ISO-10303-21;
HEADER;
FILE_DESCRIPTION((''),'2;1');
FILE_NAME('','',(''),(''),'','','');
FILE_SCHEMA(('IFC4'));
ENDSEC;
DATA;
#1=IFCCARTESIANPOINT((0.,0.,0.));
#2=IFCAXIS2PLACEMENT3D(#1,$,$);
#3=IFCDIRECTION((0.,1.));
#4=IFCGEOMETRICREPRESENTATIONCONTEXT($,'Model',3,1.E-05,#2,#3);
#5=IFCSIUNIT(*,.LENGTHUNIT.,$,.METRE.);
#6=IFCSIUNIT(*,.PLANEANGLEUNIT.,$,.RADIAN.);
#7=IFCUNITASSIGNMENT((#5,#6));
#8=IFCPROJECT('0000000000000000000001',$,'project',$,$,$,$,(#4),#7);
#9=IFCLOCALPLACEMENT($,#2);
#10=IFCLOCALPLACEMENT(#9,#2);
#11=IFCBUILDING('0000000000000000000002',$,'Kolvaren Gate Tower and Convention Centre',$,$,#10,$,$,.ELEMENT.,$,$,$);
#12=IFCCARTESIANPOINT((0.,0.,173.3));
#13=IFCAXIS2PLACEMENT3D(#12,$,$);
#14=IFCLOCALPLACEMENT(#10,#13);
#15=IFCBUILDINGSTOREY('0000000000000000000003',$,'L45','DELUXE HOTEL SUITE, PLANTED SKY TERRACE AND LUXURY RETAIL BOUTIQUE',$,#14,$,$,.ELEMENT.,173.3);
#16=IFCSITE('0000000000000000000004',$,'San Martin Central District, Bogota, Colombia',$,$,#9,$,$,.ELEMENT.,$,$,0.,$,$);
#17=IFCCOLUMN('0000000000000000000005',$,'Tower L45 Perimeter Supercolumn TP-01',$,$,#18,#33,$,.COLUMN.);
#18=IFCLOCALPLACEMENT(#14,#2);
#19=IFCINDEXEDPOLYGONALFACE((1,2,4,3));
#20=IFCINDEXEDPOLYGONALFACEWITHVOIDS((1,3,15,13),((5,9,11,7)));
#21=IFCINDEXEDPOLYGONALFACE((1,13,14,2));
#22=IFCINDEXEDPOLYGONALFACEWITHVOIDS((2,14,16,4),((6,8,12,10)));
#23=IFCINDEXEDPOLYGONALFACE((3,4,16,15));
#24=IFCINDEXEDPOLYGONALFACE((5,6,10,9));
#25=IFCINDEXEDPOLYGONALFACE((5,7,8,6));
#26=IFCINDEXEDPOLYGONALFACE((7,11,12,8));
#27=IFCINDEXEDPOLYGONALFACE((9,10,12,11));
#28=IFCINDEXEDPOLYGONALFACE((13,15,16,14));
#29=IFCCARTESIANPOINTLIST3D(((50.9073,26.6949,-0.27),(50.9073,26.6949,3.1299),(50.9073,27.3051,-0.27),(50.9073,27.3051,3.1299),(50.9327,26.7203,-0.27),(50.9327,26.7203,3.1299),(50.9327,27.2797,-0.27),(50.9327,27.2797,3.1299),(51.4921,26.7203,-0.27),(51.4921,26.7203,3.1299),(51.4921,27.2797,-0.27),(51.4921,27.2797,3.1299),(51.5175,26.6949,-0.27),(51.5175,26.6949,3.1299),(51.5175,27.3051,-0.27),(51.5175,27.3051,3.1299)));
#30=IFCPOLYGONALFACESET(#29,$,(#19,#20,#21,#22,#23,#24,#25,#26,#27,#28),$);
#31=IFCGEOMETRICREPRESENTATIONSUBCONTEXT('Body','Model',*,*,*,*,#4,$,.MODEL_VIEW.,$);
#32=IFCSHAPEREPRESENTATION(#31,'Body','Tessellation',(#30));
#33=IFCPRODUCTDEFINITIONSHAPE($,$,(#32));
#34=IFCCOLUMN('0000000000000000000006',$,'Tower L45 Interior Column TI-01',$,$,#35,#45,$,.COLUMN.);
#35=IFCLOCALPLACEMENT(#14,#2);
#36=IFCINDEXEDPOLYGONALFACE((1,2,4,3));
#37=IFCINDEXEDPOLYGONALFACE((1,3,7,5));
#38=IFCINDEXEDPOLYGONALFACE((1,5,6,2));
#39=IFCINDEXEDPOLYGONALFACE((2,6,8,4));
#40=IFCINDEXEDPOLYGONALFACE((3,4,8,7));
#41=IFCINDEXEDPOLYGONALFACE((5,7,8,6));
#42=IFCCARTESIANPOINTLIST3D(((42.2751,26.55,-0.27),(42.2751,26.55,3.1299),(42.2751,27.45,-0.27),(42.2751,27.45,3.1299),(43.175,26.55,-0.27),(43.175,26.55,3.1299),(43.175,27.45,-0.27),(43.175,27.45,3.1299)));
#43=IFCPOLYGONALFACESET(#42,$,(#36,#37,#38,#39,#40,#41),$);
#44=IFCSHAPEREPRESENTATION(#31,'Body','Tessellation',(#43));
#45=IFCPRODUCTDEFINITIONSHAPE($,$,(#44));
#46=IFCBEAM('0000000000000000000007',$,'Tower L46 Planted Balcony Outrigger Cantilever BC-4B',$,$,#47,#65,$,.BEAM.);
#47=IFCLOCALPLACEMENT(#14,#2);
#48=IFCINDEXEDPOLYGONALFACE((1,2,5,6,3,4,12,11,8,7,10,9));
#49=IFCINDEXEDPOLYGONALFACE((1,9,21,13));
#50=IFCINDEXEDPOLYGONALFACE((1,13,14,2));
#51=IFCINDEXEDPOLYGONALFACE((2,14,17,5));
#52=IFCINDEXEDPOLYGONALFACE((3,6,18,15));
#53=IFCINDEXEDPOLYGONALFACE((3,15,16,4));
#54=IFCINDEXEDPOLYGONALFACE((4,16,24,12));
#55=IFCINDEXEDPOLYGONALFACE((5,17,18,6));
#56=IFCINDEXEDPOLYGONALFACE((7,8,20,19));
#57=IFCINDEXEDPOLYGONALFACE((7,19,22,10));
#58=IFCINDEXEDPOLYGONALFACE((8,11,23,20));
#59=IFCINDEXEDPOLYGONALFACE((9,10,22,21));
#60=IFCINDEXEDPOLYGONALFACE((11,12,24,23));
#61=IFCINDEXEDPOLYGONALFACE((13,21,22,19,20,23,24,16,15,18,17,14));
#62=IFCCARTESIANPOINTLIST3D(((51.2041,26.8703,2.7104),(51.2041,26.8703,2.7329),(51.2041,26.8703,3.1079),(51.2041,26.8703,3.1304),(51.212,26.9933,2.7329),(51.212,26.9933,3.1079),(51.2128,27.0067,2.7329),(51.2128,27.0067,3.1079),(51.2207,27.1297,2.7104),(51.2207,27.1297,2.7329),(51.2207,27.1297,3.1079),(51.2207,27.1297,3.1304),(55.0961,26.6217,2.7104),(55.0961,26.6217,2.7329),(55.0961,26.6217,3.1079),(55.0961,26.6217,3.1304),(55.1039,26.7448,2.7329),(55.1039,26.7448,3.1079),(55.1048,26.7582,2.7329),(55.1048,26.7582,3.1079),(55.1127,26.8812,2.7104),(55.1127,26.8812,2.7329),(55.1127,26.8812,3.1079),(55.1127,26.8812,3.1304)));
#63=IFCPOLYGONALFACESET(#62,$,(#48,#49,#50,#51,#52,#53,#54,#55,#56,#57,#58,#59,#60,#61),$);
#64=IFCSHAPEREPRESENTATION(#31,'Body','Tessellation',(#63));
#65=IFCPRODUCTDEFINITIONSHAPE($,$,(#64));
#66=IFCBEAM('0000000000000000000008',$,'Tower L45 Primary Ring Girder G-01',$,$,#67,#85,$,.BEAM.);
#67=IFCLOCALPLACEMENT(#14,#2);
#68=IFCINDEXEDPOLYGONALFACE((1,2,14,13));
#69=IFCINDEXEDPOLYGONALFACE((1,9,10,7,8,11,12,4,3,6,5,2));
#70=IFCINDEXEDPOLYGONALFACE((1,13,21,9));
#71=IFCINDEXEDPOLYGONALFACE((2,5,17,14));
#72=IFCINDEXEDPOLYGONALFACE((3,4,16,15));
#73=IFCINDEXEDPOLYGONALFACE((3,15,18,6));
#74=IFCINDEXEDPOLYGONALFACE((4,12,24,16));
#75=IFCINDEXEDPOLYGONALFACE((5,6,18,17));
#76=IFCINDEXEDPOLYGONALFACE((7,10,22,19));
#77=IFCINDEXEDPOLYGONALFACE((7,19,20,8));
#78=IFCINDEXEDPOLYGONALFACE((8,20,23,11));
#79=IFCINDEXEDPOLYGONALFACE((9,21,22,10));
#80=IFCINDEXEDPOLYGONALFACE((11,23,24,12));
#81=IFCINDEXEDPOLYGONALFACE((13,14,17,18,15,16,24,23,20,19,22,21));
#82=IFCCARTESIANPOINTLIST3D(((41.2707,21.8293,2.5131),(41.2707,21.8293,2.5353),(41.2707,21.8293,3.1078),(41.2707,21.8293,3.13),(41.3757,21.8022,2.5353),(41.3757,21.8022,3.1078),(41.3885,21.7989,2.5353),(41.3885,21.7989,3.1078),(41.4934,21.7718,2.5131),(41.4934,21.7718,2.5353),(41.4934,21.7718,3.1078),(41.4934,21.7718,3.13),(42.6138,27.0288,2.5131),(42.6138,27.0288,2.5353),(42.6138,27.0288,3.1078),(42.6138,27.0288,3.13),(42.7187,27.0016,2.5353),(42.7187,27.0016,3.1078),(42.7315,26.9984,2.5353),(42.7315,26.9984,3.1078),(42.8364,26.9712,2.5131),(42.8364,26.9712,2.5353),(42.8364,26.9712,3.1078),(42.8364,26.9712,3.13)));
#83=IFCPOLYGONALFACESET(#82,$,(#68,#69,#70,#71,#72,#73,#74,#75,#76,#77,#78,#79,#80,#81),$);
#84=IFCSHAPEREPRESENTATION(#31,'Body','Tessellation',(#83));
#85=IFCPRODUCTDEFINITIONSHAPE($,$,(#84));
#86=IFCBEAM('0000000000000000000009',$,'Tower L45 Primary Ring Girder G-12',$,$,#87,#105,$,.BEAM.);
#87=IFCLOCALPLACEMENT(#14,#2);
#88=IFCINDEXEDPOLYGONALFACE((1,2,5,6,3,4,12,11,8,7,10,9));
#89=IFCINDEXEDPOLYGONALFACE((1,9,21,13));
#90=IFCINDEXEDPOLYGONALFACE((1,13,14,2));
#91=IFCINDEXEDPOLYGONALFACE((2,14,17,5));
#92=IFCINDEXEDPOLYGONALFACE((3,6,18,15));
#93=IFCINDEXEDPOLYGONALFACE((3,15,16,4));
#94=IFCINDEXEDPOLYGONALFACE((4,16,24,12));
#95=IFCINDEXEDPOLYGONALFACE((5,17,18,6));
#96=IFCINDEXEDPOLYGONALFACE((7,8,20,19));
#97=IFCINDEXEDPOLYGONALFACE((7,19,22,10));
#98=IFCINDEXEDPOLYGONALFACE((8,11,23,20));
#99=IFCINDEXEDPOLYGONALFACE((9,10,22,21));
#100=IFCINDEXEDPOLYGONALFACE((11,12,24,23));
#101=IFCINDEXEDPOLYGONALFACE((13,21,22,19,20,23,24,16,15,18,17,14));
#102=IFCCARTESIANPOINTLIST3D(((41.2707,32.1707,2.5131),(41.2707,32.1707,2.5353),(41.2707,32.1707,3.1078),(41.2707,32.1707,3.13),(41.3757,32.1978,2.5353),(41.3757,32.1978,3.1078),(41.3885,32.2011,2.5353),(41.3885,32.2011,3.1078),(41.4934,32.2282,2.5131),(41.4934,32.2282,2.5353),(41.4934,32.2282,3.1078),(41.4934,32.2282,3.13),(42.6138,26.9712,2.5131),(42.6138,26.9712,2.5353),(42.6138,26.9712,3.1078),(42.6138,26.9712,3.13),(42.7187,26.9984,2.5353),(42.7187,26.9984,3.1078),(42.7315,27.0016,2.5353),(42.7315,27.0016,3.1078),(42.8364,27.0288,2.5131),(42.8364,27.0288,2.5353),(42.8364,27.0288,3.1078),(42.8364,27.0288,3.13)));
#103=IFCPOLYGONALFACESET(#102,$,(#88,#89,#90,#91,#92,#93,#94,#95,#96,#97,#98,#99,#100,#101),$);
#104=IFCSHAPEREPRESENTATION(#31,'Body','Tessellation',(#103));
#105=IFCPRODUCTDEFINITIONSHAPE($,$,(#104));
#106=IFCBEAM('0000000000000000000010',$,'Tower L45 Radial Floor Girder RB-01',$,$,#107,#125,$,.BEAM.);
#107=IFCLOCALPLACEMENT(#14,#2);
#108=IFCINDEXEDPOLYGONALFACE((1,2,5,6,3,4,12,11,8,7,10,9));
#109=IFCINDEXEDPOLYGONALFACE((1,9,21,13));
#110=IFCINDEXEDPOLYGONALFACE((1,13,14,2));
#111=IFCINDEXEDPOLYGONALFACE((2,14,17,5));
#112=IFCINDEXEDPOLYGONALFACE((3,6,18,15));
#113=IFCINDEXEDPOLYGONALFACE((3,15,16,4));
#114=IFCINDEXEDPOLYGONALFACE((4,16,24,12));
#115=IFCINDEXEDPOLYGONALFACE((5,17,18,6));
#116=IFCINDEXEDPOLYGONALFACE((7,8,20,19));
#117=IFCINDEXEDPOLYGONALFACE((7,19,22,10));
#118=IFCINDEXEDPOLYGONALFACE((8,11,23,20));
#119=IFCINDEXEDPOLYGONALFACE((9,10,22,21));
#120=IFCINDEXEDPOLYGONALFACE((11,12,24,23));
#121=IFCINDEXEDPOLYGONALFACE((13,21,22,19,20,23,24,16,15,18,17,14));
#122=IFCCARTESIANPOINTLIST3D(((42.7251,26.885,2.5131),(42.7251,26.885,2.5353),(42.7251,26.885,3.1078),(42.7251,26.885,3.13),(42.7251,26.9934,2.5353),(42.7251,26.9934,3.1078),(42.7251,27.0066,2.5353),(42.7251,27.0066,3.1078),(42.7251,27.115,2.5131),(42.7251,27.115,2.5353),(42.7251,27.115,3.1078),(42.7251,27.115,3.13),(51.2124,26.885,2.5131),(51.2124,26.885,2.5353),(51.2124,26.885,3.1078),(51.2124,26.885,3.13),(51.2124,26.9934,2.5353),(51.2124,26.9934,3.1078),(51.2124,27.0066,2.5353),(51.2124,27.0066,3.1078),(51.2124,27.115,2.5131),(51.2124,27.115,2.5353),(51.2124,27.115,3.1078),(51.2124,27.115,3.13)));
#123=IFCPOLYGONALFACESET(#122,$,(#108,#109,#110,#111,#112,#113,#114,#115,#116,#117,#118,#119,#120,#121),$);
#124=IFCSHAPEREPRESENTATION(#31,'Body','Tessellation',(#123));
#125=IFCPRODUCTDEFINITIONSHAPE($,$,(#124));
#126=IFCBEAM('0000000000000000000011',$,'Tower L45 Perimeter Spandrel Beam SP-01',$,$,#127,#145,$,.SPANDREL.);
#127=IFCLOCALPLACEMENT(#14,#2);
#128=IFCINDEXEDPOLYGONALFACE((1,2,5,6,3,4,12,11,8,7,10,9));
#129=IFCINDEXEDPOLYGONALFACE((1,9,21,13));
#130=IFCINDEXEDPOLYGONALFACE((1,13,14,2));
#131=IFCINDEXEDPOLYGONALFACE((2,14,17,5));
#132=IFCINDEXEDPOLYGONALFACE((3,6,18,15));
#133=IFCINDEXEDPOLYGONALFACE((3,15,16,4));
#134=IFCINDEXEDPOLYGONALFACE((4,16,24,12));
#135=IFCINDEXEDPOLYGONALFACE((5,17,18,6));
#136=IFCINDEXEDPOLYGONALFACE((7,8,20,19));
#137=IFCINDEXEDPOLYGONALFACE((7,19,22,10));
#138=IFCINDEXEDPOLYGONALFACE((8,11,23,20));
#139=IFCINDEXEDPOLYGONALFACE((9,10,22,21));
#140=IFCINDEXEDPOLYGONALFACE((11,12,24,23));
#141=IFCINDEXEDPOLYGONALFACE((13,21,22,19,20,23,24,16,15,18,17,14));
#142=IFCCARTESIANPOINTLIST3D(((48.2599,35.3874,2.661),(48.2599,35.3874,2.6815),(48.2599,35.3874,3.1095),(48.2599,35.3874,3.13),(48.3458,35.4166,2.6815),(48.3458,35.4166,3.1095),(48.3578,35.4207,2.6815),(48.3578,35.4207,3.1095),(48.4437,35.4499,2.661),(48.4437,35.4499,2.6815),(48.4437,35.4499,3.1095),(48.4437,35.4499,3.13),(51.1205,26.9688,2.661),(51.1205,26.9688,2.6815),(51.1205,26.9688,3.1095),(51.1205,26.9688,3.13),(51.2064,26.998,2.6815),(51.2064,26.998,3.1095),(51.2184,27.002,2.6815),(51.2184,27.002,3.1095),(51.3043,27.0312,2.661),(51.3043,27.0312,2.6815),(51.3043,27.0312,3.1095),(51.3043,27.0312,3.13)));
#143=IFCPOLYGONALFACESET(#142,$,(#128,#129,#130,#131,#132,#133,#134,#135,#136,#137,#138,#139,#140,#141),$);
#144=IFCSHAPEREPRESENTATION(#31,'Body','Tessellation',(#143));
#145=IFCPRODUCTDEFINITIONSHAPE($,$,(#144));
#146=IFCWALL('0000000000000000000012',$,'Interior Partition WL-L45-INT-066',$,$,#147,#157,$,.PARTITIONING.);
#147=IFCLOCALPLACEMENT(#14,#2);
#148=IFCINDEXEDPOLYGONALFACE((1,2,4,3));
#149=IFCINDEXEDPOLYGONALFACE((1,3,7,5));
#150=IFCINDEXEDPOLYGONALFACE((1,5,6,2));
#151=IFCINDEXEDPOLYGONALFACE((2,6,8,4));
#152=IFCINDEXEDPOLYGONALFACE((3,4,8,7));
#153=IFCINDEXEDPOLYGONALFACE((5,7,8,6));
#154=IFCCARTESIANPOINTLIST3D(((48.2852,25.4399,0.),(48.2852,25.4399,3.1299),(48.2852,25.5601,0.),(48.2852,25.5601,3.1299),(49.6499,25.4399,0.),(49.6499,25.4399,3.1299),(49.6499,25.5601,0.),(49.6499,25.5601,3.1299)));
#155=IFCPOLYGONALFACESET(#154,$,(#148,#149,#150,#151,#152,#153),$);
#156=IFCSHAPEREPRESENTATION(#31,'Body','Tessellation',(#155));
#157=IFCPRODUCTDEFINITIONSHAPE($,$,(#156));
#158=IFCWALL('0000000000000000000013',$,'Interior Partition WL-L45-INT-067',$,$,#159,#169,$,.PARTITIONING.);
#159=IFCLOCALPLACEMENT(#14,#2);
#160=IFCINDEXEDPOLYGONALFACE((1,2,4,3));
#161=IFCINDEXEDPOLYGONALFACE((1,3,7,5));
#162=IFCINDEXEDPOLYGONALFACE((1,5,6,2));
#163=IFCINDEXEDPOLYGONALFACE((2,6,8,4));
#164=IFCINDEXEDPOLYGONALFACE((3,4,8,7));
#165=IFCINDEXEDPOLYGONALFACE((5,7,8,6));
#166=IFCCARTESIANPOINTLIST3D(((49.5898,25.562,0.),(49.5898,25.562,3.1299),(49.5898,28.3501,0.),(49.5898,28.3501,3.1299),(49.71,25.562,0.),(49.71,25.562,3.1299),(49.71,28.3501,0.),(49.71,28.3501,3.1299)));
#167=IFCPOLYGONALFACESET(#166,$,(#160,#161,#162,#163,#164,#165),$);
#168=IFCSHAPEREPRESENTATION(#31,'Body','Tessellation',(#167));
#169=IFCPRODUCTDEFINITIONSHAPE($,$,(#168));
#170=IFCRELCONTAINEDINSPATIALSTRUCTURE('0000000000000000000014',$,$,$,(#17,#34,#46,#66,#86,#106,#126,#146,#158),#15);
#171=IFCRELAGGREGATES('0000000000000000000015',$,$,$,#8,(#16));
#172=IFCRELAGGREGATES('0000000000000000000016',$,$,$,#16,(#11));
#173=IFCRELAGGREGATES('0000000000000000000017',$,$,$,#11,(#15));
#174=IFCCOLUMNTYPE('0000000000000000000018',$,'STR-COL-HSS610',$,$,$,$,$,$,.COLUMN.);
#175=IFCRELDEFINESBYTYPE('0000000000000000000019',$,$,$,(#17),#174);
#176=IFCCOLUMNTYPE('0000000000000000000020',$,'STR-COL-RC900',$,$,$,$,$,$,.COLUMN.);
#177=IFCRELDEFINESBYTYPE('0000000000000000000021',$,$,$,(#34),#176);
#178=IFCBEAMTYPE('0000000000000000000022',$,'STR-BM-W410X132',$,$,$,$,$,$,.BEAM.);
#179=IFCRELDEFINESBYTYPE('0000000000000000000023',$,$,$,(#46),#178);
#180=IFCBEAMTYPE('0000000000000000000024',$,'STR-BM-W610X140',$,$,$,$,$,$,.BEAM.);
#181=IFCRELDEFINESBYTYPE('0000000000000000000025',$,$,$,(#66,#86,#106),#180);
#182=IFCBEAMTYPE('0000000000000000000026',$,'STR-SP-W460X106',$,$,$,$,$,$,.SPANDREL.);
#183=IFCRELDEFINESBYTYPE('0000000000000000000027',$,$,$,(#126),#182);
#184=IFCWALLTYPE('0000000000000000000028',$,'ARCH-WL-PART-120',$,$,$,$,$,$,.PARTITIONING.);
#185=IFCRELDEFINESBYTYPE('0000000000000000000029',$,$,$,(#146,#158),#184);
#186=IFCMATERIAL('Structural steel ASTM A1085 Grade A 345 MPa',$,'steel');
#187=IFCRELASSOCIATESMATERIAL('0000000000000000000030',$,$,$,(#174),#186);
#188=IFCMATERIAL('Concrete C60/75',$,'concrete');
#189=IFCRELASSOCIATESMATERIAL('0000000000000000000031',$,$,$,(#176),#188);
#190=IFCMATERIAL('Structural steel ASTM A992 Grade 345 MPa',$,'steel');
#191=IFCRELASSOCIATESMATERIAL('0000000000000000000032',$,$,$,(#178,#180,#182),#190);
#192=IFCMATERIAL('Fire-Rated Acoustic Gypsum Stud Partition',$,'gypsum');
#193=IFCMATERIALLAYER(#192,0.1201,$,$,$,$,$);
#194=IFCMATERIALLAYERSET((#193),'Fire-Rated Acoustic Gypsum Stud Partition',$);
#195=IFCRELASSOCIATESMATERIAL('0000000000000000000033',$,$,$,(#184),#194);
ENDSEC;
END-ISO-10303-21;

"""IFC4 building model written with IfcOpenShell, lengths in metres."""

from ifc_helpers import new_model, si_unit, direction, frame, frame_2d, origin, origin_2d, place, context, subcontext, project, spatial, rectangle, hollow_rectangle, i_section, extrude, material, layer, layer_set, material_profile, profile_set, type_object, element, save


model = new_model("IFC4")

# Units and contexts
model_context = context("Model", 3, precision=1e-05, world=origin(), true_north=direction((0.0, 1.0)))
body_context = subcontext(model_context, "Body", "Model", "MODEL_VIEW")
ifc_project = project(units=[si_unit("LENGTHUNIT", "METRE"), si_unit("PLANEANGLEUNIT", "RADIAN")], contexts=[model_context])

# Site, building, storey
site_placement = place(None, origin())
site = spatial("IfcSite", under=ifc_project, at=site_placement, Name="San Martin Central District, Bogota, Colombia", CompositionType="ELEMENT", RefElevation=0.0)
building_placement = place(site_placement, origin())
building = spatial("IfcBuilding", under=site, at=building_placement, Name="Kolvaren Gate Tower and Convention Centre", CompositionType="ELEMENT")
storey_placement = place(building_placement, frame((0.0, 0.0, 173.3)))
storey = spatial("IfcBuildingStorey", under=building, at=storey_placement, Name="L45", Description="DELUXE HOTEL SUITE, PLANTED SKY TERRACE AND LUXURY RETAIL BOUTIQUE", CompositionType="ELEMENT", Elevation=173.3)

# Columns
ifc_material_1 = material(Name="Structural steel ASTM A1085 Grade A 345 MPa", Category="steel")
ifc_material_profile_1 = material_profile(ifc_material_1, hollow_rectangle(XDim=0.6101, YDim=0.6101, WallThickness=0.0254, at=origin_2d()), Name="HSS610X610X25.4")
ifc_profile_set_1 = profile_set([ifc_material_profile_1], Name="Structural steel ASTM A1085 Grade A 345 MPa")
column_type_1 = type_object("IfcColumnType", Name="STR-COL-HSS610", PredefinedType="COLUMN", material=ifc_profile_set_1)
column_1_placement = place(storey_placement, frame((51.2124, 27.0, -0.27), z_axis=(0.0, 0.0, 1.0), x_axis=(1.0, 0.0, 0.0)))
element("IfcColumn", 1, at=column_1_placement, inside=storey, type_object=column_type_1, Name="Tower L45 Perimeter Supercolumn TP-01", PredefinedType="COLUMN", context=body_context, shape_type="SweptSolid", body=[
    extrude(hollow_rectangle(XDim=0.6101, YDim=0.6101, WallThickness=0.0254, at=origin_2d()), origin(), (0.0, 0.0, 1.0), 3.3999),
])
ifc_material_2 = material(Name="Concrete C60/75", Category="concrete")
ifc_material_profile_2 = material_profile(ifc_material_2, rectangle(XDim=0.8999, YDim=0.8999, at=origin_2d()), Name="RC-COL-900X900")
ifc_profile_set_2 = profile_set([ifc_material_profile_2], Name="Concrete C60/75")
column_type_2 = type_object("IfcColumnType", Name="STR-COL-RC900", PredefinedType="COLUMN", material=ifc_profile_set_2)
column_2_placement = place(storey_placement, frame((42.7251, 27.0, -0.27), z_axis=(0.0, 0.0, 1.0), x_axis=(1.0, 0.0, 0.0)))
element("IfcColumn", 2, at=column_2_placement, inside=storey, type_object=column_type_2, Name="Tower L45 Interior Column TI-01", PredefinedType="COLUMN", context=body_context, shape_type="SweptSolid", body=[
    extrude(rectangle(XDim=0.8999, YDim=0.8999, at=origin_2d()), origin(), (0.0, 0.0, 1.0), 3.3999),
])

# Beams
ifc_material_3 = material(Name="Structural steel ASTM A992 Grade 345 MPa", Category="steel")
ifc_material_profile_3 = material_profile(ifc_material_3, i_section(OverallWidth=0.26, OverallDepth=0.4199, WebThickness=0.0134, FlangeThickness=0.0225, at=origin_2d()), Name="W410X132")
ifc_profile_set_3 = profile_set([ifc_material_profile_3], Name="Structural steel ASTM A992 Grade 345 MPa")
beam_type_1 = type_object("IfcBeamType", Name="STR-BM-W410X132", PredefinedType="BEAM", material=ifc_profile_set_3)
beam_1_placement = place(storey_placement, frame((51.2124, 27.0, 2.9204), z_axis=(0.997967, -0.063727, 0.0), x_axis=(0.063727, 0.997967, 0.0)))
element("IfcBeam", 3, at=beam_1_placement, inside=storey, type_object=beam_type_1, Name="Tower L46 Planted Balcony Outrigger Cantilever BC-4B", PredefinedType="BEAM", context=body_context, shape_type="SweptSolid", body=[
    extrude(i_section(OverallWidth=0.26, OverallDepth=0.4199, WebThickness=0.0134, FlangeThickness=0.0225, at=origin_2d()), origin(), (0.0, 0.0, 1.0), 3.8999),
])
ifc_material_profile_4 = material_profile(ifc_material_3, i_section(OverallWidth=0.23, OverallDepth=0.6169, WebThickness=0.0132, FlangeThickness=0.0222, at=origin_2d()), Name="W610X140")
ifc_profile_set_4 = profile_set([ifc_material_profile_4], Name="Structural steel ASTM A992 Grade 345 MPa")
beam_type_2 = type_object("IfcBeamType", Name="STR-BM-W610X140", PredefinedType="BEAM", material=ifc_profile_set_4)
for number, where, z_axis, x_axis, name in (
    (4, (42.7251, 27.0, 2.8215), (-0.250091, -0.968222, 0.0), (0.968222, -0.250091, 0.0), "Tower L45 Primary Ring Girder G-01"),
    (5, (42.7251, 27.0, 2.8215), (-0.250091, 0.968222, 0.0), (-0.968222, -0.250091, 0.0), "Tower L45 Primary Ring Girder G-12"),
):
    element("IfcBeam", number, at=place(storey_placement, frame(where, z_axis=z_axis, x_axis=x_axis)), inside=storey, type_object=beam_type_2, Name=name, PredefinedType="BEAM", context=body_context, shape_type="SweptSolid", body=[
        extrude(i_section(OverallWidth=0.23, OverallDepth=0.6169, WebThickness=0.0132, FlangeThickness=0.0222, at=origin_2d()), origin(), (0.0, 0.0, 1.0), 5.3701),
    ])
beam_2_placement = place(storey_placement, frame((42.7251, 27.0, 2.8215), z_axis=(1.0, 0.0, 0.0), x_axis=(0.0, 1.0, 0.0)))
element("IfcBeam", 6, at=beam_2_placement, inside=storey, type_object=beam_type_2, Name="Tower L45 Radial Floor Girder RB-01", PredefinedType="BEAM", context=body_context, shape_type="SweptSolid", body=[
    extrude(i_section(OverallWidth=0.23, OverallDepth=0.6169, WebThickness=0.0132, FlangeThickness=0.0222, at=origin_2d()), origin(), (0.0, 0.0, 1.0), 8.4873),
])
ifc_material_profile_5 = material_profile(ifc_material_3, i_section(OverallWidth=0.1941, OverallDepth=0.469, WebThickness=0.0127, FlangeThickness=0.0205, at=origin_2d()), Name="W460X106")
ifc_profile_set_5 = profile_set([ifc_material_profile_5], Name="Structural steel ASTM A992 Grade 345 MPa")
beam_type_3 = type_object("IfcBeamType", Name="STR-SP-W460X106", PredefinedType="SPANDREL", material=ifc_profile_set_5)
beam_3_placement = place(storey_placement, frame((51.2124, 27.0, 2.8955), z_axis=(-0.321725, 0.946833, 0.0), x_axis=(-0.946833, -0.321725, 0.0)))
element("IfcBeam", 7, at=beam_3_placement, inside=storey, type_object=beam_type_3, Name="Tower L45 Perimeter Spandrel Beam SP-01", PredefinedType="SPANDREL", context=body_context, shape_type="SweptSolid", body=[
    extrude(i_section(OverallWidth=0.1941, OverallDepth=0.469, WebThickness=0.0127, FlangeThickness=0.0205, at=origin_2d()), origin(), (0.0, 0.0, 1.0), 8.8914),
])

# Walls
ifc_material_4 = material(Name="Fire-Rated Acoustic Gypsum Stud Partition", Category="gypsum")
ifc_layer_1 = layer(ifc_material_4, 0.1201)
ifc_layer_set_1 = layer_set([ifc_layer_1], Name="Fire-Rated Acoustic Gypsum Stud Partition")
wall_type_1 = type_object("IfcWallType", Name="ARCH-WL-PART-120", PredefinedType="PARTITIONING", material=ifc_layer_set_1)
wall_1_placement = place(storey_placement, frame((48.2852, 25.5, 0.0), z_axis=(0.0, 0.0, 1.0), x_axis=(1.0, 0.0, 0.0)))
element("IfcWall", 8, at=wall_1_placement, inside=storey, type_object=wall_type_1, Name="Interior Partition WL-L45-INT-066", PredefinedType="PARTITIONING", context=body_context, shape_type="SweptSolid", body=[
    extrude(rectangle(XDim=1.3647, YDim=0.1201, at=frame_2d((0.6824, 0.0))), origin(), (0.0, 0.0, 1.0), 3.1299),
])
wall_2_placement = place(storey_placement, frame((49.6499, 25.562, 0.0), z_axis=(0.0, 0.0, 1.0), x_axis=(0.0, 1.0, 0.0)))
element("IfcWall", 9, at=wall_2_placement, inside=storey, type_object=wall_type_1, Name="Interior Partition WL-L45-INT-067", PredefinedType="PARTITIONING", context=body_context, shape_type="SweptSolid", body=[
    extrude(rectangle(XDim=2.7881, YDim=0.1201, at=frame_2d((1.394, 0.0))), origin(), (0.0, 0.0, 1.0), 3.1299),
])

save(model, "model.ifc")
